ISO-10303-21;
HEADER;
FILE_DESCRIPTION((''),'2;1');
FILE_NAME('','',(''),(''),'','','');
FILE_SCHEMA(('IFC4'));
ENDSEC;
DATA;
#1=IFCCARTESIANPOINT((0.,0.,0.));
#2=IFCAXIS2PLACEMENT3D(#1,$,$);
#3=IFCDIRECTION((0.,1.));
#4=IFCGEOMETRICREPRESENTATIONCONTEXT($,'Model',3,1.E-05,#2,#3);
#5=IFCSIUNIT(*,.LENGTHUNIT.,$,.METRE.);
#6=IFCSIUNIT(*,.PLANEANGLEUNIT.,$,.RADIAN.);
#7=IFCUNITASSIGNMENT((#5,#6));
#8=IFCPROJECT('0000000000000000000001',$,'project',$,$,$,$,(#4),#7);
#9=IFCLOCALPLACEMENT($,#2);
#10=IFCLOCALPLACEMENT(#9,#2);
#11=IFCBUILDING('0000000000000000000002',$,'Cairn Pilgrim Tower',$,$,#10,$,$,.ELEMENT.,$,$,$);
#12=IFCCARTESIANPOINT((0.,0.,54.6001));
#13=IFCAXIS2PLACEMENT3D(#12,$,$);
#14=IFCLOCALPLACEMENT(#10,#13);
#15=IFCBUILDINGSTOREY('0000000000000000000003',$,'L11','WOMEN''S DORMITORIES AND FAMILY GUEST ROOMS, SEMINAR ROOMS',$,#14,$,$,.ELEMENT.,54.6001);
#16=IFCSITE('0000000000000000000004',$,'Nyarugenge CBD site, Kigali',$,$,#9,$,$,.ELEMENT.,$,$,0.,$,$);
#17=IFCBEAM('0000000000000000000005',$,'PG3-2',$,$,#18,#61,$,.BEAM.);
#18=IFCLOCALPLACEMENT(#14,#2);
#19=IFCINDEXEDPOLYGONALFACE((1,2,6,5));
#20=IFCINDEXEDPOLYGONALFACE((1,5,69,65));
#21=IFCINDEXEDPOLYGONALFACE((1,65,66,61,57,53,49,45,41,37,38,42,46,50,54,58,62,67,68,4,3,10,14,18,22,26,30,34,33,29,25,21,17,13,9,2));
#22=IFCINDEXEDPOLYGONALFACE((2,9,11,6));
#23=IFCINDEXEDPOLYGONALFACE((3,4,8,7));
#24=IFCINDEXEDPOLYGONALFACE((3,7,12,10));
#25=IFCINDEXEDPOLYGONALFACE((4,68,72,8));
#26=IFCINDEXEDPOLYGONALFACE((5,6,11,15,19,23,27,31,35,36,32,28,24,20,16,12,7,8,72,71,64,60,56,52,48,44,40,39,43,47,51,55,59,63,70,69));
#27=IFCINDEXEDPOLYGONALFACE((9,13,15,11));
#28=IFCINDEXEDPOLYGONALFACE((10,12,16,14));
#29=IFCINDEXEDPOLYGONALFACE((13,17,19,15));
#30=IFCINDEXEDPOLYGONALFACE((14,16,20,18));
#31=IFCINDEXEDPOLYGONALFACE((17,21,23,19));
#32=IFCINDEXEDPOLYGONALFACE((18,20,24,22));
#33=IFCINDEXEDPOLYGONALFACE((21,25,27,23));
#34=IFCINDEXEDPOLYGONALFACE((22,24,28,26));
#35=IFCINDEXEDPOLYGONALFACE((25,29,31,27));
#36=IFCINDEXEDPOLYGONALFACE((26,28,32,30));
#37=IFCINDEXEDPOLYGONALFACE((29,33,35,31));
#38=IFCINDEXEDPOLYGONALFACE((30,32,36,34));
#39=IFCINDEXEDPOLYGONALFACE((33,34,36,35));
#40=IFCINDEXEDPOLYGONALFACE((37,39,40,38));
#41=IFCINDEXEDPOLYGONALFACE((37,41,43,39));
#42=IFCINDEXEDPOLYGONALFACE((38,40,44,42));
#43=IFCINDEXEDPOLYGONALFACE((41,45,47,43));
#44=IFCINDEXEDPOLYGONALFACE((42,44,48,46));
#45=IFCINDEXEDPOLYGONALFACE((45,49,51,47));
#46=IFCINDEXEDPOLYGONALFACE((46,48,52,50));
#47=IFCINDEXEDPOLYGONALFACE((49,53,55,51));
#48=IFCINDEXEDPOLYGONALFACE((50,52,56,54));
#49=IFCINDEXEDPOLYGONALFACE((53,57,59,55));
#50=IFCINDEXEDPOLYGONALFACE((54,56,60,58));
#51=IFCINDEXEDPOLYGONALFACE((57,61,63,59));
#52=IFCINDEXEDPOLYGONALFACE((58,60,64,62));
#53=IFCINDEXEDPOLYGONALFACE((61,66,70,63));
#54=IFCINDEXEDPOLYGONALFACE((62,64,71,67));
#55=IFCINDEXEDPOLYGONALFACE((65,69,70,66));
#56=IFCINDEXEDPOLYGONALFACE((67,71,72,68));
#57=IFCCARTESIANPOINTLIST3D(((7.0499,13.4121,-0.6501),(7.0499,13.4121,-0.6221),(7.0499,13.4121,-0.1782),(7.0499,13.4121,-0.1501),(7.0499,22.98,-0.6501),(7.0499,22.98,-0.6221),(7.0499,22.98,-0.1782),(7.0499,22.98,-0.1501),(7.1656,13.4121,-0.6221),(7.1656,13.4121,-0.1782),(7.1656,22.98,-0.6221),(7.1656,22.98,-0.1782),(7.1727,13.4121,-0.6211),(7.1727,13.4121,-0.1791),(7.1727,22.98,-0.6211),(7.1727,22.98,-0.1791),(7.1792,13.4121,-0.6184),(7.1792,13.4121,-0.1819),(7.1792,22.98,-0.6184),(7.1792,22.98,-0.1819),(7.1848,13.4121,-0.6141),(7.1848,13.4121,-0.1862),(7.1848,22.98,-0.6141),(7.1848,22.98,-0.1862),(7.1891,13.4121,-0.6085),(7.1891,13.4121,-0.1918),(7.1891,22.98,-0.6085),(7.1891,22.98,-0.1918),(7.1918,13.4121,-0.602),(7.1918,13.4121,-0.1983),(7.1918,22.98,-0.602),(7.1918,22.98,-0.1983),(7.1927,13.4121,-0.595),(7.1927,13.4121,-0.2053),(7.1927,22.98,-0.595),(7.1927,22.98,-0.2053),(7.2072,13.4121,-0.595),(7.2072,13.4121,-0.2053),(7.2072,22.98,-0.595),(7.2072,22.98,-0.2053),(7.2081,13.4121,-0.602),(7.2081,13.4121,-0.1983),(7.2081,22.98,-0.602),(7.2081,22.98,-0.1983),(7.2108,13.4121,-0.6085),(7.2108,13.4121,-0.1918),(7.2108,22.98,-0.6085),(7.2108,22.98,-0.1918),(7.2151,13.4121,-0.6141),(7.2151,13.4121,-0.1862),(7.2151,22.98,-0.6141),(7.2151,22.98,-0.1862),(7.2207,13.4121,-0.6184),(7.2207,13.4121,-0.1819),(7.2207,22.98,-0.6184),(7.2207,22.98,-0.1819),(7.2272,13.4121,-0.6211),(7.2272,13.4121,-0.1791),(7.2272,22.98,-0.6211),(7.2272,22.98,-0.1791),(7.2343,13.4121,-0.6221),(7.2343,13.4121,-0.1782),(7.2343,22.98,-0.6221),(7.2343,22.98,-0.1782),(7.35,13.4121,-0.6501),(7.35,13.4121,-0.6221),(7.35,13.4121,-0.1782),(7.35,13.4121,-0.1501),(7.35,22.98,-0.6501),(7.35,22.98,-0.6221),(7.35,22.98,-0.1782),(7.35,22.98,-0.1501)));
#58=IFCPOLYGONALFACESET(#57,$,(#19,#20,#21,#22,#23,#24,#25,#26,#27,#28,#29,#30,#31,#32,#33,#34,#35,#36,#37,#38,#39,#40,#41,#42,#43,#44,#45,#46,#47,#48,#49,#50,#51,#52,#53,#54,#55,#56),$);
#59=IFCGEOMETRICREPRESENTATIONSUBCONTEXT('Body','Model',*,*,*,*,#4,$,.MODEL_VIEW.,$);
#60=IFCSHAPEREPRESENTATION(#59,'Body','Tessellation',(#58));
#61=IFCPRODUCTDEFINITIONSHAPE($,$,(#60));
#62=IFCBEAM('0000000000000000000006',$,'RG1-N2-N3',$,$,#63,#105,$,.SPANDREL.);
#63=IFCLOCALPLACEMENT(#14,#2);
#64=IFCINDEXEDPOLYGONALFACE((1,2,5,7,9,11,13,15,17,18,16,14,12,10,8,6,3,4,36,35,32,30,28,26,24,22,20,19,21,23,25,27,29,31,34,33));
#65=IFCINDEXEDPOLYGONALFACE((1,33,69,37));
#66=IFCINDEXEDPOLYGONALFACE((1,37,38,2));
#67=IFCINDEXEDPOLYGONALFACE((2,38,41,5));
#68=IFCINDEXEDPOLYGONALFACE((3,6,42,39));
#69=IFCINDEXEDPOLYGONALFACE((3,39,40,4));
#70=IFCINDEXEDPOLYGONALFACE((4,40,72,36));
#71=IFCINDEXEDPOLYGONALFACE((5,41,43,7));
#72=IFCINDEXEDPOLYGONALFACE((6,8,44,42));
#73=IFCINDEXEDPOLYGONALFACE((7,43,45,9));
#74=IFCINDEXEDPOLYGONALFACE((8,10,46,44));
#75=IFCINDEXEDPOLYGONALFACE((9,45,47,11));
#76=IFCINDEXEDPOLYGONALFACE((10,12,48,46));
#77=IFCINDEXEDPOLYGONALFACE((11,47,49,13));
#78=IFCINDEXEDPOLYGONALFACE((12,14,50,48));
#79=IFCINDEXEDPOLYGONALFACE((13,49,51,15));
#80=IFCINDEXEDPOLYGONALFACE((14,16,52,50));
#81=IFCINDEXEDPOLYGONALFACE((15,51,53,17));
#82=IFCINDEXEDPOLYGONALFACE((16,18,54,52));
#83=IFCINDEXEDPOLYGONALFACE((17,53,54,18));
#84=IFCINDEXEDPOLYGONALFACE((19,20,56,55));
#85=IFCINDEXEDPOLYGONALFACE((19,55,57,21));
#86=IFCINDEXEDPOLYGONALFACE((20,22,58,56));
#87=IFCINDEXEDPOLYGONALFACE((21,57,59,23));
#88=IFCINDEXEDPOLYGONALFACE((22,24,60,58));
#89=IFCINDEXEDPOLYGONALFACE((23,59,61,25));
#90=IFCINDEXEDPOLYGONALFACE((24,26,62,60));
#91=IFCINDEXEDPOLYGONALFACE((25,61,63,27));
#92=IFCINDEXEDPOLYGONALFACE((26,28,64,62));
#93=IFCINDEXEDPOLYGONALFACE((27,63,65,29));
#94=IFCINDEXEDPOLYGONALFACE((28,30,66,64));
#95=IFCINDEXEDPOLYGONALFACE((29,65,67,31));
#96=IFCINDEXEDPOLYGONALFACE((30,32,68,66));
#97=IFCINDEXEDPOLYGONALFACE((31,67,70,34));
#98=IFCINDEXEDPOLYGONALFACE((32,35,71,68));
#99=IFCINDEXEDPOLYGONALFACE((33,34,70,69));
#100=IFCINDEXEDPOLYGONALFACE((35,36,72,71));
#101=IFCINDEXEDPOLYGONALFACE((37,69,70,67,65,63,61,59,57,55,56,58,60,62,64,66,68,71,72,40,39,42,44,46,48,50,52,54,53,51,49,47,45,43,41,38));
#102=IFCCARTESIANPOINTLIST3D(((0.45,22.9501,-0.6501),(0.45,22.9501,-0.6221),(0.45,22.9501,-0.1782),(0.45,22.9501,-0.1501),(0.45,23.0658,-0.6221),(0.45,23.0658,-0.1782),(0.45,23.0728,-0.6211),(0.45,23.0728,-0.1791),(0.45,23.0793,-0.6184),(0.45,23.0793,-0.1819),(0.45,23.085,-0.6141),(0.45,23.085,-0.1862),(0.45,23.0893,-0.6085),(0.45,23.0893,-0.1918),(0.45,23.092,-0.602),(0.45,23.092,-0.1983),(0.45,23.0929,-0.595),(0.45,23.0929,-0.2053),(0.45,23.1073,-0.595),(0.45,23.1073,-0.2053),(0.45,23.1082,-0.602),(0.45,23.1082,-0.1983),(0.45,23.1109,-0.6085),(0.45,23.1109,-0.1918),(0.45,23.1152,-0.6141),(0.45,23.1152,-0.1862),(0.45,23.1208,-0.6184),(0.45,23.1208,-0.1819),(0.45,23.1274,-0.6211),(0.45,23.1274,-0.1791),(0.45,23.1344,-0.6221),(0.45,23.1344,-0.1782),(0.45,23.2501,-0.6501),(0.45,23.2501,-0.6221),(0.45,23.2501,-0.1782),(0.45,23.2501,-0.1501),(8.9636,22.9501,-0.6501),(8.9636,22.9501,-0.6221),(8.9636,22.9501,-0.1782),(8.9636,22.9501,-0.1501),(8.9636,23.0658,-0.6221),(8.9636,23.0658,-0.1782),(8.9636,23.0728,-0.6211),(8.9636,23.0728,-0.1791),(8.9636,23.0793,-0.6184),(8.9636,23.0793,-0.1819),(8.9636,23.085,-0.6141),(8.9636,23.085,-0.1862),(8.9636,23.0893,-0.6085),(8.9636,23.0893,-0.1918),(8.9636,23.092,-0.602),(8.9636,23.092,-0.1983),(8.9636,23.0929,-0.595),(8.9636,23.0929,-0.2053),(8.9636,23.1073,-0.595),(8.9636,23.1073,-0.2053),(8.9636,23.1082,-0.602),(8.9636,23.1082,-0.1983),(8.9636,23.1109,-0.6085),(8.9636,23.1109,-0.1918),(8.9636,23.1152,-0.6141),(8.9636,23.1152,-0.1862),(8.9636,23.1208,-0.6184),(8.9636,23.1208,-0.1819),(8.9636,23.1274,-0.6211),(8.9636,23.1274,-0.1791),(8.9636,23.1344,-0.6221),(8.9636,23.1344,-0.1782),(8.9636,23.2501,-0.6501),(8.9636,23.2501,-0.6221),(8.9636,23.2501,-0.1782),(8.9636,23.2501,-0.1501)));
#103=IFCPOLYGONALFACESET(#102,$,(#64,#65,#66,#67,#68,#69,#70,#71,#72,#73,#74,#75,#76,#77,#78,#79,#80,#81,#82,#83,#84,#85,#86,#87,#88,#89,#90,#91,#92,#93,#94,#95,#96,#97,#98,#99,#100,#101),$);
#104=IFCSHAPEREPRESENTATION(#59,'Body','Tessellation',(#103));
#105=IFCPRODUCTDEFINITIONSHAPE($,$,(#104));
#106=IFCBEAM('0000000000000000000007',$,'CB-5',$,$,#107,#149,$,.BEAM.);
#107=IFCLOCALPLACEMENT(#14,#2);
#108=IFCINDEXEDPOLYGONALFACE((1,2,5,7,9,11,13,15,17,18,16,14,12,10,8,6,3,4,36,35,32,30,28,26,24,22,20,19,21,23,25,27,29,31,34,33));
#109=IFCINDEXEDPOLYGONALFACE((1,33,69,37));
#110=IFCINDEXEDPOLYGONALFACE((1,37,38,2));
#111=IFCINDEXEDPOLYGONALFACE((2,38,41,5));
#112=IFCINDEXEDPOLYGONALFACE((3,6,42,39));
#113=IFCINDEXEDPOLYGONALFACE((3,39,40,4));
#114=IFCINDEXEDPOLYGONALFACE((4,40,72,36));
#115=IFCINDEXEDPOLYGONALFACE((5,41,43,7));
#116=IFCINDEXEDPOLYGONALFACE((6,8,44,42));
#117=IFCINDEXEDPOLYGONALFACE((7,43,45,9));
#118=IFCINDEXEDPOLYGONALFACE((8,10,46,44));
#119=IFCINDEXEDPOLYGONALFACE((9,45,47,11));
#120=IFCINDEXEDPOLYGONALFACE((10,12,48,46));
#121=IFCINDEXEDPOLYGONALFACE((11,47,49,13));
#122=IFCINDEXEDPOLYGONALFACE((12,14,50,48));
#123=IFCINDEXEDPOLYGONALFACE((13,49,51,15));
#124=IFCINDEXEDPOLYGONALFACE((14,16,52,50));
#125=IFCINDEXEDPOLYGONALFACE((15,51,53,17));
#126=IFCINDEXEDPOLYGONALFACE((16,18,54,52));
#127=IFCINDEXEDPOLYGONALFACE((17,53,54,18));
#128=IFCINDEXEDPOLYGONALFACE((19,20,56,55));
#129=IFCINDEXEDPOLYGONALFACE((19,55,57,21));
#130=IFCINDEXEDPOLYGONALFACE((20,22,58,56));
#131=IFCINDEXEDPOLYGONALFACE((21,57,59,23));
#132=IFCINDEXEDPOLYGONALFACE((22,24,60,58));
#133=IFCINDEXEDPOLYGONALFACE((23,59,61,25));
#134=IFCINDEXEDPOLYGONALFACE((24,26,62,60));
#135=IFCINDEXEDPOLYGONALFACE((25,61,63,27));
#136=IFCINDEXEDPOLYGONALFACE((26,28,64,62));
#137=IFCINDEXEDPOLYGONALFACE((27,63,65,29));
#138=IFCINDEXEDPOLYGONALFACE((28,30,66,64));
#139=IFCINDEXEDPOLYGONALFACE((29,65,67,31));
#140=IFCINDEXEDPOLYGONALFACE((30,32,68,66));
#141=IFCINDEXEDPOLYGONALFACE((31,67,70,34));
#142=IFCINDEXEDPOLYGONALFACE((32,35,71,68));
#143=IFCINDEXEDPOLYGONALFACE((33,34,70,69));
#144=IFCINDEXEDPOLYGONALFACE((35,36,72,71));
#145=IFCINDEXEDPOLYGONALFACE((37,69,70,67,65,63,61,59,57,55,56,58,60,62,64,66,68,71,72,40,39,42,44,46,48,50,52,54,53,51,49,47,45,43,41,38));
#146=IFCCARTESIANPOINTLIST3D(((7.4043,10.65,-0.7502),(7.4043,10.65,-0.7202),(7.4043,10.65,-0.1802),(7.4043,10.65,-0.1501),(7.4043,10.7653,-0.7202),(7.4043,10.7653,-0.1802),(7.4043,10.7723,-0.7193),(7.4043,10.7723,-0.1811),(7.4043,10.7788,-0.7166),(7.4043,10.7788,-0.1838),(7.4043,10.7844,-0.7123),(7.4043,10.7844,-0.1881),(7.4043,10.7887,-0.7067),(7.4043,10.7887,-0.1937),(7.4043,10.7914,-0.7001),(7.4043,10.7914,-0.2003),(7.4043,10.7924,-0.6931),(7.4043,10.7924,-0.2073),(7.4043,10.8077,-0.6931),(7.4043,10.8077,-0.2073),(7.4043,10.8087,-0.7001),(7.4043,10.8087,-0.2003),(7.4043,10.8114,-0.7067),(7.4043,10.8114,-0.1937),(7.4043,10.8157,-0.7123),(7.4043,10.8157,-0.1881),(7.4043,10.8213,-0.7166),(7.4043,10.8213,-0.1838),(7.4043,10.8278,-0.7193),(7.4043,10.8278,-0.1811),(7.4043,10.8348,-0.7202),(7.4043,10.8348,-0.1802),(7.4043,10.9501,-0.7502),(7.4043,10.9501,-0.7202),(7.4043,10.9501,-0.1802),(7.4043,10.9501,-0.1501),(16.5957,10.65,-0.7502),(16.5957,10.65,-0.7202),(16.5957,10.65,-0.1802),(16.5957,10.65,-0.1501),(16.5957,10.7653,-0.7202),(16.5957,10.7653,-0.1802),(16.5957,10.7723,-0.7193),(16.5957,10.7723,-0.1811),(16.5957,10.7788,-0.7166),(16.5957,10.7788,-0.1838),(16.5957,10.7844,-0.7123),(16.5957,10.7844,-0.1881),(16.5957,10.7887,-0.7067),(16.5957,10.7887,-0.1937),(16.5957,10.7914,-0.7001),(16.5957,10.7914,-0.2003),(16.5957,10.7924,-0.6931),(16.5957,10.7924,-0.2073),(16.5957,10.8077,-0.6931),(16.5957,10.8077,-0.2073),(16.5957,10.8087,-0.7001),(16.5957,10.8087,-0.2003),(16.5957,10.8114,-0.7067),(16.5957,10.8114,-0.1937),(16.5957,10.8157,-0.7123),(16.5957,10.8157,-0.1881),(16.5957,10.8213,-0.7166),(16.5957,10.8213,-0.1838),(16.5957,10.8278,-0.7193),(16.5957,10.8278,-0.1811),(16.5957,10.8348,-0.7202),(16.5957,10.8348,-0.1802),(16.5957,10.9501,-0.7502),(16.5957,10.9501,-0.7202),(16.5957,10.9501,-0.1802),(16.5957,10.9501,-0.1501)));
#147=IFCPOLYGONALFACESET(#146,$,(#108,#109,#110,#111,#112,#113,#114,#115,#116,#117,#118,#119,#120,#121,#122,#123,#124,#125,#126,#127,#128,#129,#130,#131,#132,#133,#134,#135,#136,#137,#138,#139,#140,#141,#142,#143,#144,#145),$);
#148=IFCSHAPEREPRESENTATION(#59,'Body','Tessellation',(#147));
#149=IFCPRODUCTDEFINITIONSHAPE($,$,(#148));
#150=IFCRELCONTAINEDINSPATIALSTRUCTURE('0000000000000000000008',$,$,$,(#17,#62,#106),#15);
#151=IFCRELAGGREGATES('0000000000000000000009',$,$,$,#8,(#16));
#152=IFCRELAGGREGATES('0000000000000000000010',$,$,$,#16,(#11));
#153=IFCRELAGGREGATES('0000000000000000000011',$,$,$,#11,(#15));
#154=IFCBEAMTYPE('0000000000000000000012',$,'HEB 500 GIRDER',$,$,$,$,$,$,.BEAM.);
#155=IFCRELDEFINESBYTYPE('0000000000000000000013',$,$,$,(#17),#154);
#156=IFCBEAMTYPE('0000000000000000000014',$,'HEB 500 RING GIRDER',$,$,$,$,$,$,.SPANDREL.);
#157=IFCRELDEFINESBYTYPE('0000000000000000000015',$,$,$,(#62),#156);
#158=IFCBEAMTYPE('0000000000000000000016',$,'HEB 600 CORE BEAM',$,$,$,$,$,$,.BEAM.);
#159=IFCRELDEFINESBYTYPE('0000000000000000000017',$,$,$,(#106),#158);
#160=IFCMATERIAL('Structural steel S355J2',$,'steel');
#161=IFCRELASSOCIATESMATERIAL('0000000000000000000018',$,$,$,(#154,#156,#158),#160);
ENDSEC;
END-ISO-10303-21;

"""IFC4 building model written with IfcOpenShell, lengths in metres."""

from ifc_helpers import new_model, si_unit, direction, frame, origin, origin_2d, place, context, subcontext, project, spatial, i_section, extrude, material, material_profile, profile_set, type_object, element, save


model = new_model("IFC4")

# Units and contexts
model_context = context("Model", 3, precision=1e-05, world=origin(), true_north=direction((0.0, 1.0)))
body_context = subcontext(model_context, "Body", "Model", "MODEL_VIEW")
ifc_project = project(units=[si_unit("LENGTHUNIT", "METRE"), si_unit("PLANEANGLEUNIT", "RADIAN")], contexts=[model_context])

# Site, building, storey
site_placement = place(None, origin())
site = spatial("IfcSite", under=ifc_project, at=site_placement, Name="Nyarugenge CBD site, Kigali", CompositionType="ELEMENT", RefElevation=0.0)
building_placement = place(site_placement, origin())
building = spatial("IfcBuilding", under=site, at=building_placement, Name="Cairn Pilgrim Tower", CompositionType="ELEMENT")
storey_placement = place(building_placement, frame((0.0, 0.0, 54.6001)))
storey = spatial("IfcBuildingStorey", under=building, at=storey_placement, Name="L11", Description="WOMEN'S DORMITORIES AND FAMILY GUEST ROOMS, SEMINAR ROOMS", CompositionType="ELEMENT", Elevation=54.6001)

# Beams
ifc_material_1 = material(Name="Structural steel S355J2", Category="steel")
ifc_material_profile_1 = material_profile(ifc_material_1, i_section(OverallWidth=0.3, OverallDepth=0.5, WebThickness=0.0144, FlangeThickness=0.0281, FilletRadius=0.0271, at=origin_2d()), Name="HEB 500")
ifc_profile_set_1 = profile_set([ifc_material_profile_1], Name="Structural steel S355J2")
beam_type_1 = type_object("IfcBeamType", Name="HEB 500 GIRDER", PredefinedType="BEAM", material=ifc_profile_set_1)
beam_1_placement = place(storey_placement, frame((7.2, 13.4121, -0.4001), z_axis=(0.0, 1.0, 0.0), x_axis=(-1.0, 0.0, 0.0)))
element("IfcBeam", 1, at=beam_1_placement, inside=storey, type_object=beam_type_1, Name="PG3-2", PredefinedType="BEAM", context=body_context, shape_type="SweptSolid", body=[
    extrude(i_section(OverallWidth=0.3, OverallDepth=0.5, WebThickness=0.0144, FlangeThickness=0.0281, FilletRadius=0.0271, at=origin_2d()), origin(), (0.0, 0.0, 1.0), 9.5679),
])
ifc_material_profile_2 = material_profile(ifc_material_1, i_section(OverallWidth=0.3, OverallDepth=0.5, WebThickness=0.0144, FlangeThickness=0.0281, FilletRadius=0.0271, at=origin_2d()), Name="HEB 500")
ifc_profile_set_2 = profile_set([ifc_material_profile_2], Name="Structural steel S355J2")
beam_type_2 = type_object("IfcBeamType", Name="HEB 500 RING GIRDER", PredefinedType="SPANDREL", material=ifc_profile_set_2)
beam_2_placement = place(storey_placement, frame((8.9636, 23.1001, -0.4001), z_axis=(-1.0, 0.0, 0.0), x_axis=(0.0, -1.0, 0.0)))
element("IfcBeam", 2, at=beam_2_placement, inside=storey, type_object=beam_type_2, Name="RG1-N2-N3", PredefinedType="SPANDREL", context=body_context, shape_type="SweptSolid", body=[
    extrude(i_section(OverallWidth=0.3, OverallDepth=0.5, WebThickness=0.0144, FlangeThickness=0.0281, FilletRadius=0.0271, at=origin_2d()), origin(), (0.0, 0.0, 1.0), 8.5137),
])
ifc_material_profile_3 = material_profile(ifc_material_1, i_section(OverallWidth=0.3, OverallDepth=0.6001, WebThickness=0.0154, FlangeThickness=0.03, FilletRadius=0.0271, at=origin_2d()), Name="HEB 600")
ifc_profile_set_3 = profile_set([ifc_material_profile_3], Name="Structural steel S355J2")
beam_type_3 = type_object("IfcBeamType", Name="HEB 600 CORE BEAM", PredefinedType="BEAM", material=ifc_profile_set_3)
beam_3_placement = place(storey_placement, frame((16.5957, 10.8, -0.4502), z_axis=(-1.0, 0.0, 0.0), x_axis=(0.0, -1.0, 0.0)))
element("IfcBeam", 3, at=beam_3_placement, inside=storey, type_object=beam_type_3, Name="CB-5", PredefinedType="BEAM", context=body_context, shape_type="SweptSolid", body=[
    extrude(i_section(OverallWidth=0.3, OverallDepth=0.6001, WebThickness=0.0154, FlangeThickness=0.03, FilletRadius=0.0271, at=origin_2d()), origin(), (0.0, 0.0, 1.0), 9.1914),
])

save(model, "model.ifc")
